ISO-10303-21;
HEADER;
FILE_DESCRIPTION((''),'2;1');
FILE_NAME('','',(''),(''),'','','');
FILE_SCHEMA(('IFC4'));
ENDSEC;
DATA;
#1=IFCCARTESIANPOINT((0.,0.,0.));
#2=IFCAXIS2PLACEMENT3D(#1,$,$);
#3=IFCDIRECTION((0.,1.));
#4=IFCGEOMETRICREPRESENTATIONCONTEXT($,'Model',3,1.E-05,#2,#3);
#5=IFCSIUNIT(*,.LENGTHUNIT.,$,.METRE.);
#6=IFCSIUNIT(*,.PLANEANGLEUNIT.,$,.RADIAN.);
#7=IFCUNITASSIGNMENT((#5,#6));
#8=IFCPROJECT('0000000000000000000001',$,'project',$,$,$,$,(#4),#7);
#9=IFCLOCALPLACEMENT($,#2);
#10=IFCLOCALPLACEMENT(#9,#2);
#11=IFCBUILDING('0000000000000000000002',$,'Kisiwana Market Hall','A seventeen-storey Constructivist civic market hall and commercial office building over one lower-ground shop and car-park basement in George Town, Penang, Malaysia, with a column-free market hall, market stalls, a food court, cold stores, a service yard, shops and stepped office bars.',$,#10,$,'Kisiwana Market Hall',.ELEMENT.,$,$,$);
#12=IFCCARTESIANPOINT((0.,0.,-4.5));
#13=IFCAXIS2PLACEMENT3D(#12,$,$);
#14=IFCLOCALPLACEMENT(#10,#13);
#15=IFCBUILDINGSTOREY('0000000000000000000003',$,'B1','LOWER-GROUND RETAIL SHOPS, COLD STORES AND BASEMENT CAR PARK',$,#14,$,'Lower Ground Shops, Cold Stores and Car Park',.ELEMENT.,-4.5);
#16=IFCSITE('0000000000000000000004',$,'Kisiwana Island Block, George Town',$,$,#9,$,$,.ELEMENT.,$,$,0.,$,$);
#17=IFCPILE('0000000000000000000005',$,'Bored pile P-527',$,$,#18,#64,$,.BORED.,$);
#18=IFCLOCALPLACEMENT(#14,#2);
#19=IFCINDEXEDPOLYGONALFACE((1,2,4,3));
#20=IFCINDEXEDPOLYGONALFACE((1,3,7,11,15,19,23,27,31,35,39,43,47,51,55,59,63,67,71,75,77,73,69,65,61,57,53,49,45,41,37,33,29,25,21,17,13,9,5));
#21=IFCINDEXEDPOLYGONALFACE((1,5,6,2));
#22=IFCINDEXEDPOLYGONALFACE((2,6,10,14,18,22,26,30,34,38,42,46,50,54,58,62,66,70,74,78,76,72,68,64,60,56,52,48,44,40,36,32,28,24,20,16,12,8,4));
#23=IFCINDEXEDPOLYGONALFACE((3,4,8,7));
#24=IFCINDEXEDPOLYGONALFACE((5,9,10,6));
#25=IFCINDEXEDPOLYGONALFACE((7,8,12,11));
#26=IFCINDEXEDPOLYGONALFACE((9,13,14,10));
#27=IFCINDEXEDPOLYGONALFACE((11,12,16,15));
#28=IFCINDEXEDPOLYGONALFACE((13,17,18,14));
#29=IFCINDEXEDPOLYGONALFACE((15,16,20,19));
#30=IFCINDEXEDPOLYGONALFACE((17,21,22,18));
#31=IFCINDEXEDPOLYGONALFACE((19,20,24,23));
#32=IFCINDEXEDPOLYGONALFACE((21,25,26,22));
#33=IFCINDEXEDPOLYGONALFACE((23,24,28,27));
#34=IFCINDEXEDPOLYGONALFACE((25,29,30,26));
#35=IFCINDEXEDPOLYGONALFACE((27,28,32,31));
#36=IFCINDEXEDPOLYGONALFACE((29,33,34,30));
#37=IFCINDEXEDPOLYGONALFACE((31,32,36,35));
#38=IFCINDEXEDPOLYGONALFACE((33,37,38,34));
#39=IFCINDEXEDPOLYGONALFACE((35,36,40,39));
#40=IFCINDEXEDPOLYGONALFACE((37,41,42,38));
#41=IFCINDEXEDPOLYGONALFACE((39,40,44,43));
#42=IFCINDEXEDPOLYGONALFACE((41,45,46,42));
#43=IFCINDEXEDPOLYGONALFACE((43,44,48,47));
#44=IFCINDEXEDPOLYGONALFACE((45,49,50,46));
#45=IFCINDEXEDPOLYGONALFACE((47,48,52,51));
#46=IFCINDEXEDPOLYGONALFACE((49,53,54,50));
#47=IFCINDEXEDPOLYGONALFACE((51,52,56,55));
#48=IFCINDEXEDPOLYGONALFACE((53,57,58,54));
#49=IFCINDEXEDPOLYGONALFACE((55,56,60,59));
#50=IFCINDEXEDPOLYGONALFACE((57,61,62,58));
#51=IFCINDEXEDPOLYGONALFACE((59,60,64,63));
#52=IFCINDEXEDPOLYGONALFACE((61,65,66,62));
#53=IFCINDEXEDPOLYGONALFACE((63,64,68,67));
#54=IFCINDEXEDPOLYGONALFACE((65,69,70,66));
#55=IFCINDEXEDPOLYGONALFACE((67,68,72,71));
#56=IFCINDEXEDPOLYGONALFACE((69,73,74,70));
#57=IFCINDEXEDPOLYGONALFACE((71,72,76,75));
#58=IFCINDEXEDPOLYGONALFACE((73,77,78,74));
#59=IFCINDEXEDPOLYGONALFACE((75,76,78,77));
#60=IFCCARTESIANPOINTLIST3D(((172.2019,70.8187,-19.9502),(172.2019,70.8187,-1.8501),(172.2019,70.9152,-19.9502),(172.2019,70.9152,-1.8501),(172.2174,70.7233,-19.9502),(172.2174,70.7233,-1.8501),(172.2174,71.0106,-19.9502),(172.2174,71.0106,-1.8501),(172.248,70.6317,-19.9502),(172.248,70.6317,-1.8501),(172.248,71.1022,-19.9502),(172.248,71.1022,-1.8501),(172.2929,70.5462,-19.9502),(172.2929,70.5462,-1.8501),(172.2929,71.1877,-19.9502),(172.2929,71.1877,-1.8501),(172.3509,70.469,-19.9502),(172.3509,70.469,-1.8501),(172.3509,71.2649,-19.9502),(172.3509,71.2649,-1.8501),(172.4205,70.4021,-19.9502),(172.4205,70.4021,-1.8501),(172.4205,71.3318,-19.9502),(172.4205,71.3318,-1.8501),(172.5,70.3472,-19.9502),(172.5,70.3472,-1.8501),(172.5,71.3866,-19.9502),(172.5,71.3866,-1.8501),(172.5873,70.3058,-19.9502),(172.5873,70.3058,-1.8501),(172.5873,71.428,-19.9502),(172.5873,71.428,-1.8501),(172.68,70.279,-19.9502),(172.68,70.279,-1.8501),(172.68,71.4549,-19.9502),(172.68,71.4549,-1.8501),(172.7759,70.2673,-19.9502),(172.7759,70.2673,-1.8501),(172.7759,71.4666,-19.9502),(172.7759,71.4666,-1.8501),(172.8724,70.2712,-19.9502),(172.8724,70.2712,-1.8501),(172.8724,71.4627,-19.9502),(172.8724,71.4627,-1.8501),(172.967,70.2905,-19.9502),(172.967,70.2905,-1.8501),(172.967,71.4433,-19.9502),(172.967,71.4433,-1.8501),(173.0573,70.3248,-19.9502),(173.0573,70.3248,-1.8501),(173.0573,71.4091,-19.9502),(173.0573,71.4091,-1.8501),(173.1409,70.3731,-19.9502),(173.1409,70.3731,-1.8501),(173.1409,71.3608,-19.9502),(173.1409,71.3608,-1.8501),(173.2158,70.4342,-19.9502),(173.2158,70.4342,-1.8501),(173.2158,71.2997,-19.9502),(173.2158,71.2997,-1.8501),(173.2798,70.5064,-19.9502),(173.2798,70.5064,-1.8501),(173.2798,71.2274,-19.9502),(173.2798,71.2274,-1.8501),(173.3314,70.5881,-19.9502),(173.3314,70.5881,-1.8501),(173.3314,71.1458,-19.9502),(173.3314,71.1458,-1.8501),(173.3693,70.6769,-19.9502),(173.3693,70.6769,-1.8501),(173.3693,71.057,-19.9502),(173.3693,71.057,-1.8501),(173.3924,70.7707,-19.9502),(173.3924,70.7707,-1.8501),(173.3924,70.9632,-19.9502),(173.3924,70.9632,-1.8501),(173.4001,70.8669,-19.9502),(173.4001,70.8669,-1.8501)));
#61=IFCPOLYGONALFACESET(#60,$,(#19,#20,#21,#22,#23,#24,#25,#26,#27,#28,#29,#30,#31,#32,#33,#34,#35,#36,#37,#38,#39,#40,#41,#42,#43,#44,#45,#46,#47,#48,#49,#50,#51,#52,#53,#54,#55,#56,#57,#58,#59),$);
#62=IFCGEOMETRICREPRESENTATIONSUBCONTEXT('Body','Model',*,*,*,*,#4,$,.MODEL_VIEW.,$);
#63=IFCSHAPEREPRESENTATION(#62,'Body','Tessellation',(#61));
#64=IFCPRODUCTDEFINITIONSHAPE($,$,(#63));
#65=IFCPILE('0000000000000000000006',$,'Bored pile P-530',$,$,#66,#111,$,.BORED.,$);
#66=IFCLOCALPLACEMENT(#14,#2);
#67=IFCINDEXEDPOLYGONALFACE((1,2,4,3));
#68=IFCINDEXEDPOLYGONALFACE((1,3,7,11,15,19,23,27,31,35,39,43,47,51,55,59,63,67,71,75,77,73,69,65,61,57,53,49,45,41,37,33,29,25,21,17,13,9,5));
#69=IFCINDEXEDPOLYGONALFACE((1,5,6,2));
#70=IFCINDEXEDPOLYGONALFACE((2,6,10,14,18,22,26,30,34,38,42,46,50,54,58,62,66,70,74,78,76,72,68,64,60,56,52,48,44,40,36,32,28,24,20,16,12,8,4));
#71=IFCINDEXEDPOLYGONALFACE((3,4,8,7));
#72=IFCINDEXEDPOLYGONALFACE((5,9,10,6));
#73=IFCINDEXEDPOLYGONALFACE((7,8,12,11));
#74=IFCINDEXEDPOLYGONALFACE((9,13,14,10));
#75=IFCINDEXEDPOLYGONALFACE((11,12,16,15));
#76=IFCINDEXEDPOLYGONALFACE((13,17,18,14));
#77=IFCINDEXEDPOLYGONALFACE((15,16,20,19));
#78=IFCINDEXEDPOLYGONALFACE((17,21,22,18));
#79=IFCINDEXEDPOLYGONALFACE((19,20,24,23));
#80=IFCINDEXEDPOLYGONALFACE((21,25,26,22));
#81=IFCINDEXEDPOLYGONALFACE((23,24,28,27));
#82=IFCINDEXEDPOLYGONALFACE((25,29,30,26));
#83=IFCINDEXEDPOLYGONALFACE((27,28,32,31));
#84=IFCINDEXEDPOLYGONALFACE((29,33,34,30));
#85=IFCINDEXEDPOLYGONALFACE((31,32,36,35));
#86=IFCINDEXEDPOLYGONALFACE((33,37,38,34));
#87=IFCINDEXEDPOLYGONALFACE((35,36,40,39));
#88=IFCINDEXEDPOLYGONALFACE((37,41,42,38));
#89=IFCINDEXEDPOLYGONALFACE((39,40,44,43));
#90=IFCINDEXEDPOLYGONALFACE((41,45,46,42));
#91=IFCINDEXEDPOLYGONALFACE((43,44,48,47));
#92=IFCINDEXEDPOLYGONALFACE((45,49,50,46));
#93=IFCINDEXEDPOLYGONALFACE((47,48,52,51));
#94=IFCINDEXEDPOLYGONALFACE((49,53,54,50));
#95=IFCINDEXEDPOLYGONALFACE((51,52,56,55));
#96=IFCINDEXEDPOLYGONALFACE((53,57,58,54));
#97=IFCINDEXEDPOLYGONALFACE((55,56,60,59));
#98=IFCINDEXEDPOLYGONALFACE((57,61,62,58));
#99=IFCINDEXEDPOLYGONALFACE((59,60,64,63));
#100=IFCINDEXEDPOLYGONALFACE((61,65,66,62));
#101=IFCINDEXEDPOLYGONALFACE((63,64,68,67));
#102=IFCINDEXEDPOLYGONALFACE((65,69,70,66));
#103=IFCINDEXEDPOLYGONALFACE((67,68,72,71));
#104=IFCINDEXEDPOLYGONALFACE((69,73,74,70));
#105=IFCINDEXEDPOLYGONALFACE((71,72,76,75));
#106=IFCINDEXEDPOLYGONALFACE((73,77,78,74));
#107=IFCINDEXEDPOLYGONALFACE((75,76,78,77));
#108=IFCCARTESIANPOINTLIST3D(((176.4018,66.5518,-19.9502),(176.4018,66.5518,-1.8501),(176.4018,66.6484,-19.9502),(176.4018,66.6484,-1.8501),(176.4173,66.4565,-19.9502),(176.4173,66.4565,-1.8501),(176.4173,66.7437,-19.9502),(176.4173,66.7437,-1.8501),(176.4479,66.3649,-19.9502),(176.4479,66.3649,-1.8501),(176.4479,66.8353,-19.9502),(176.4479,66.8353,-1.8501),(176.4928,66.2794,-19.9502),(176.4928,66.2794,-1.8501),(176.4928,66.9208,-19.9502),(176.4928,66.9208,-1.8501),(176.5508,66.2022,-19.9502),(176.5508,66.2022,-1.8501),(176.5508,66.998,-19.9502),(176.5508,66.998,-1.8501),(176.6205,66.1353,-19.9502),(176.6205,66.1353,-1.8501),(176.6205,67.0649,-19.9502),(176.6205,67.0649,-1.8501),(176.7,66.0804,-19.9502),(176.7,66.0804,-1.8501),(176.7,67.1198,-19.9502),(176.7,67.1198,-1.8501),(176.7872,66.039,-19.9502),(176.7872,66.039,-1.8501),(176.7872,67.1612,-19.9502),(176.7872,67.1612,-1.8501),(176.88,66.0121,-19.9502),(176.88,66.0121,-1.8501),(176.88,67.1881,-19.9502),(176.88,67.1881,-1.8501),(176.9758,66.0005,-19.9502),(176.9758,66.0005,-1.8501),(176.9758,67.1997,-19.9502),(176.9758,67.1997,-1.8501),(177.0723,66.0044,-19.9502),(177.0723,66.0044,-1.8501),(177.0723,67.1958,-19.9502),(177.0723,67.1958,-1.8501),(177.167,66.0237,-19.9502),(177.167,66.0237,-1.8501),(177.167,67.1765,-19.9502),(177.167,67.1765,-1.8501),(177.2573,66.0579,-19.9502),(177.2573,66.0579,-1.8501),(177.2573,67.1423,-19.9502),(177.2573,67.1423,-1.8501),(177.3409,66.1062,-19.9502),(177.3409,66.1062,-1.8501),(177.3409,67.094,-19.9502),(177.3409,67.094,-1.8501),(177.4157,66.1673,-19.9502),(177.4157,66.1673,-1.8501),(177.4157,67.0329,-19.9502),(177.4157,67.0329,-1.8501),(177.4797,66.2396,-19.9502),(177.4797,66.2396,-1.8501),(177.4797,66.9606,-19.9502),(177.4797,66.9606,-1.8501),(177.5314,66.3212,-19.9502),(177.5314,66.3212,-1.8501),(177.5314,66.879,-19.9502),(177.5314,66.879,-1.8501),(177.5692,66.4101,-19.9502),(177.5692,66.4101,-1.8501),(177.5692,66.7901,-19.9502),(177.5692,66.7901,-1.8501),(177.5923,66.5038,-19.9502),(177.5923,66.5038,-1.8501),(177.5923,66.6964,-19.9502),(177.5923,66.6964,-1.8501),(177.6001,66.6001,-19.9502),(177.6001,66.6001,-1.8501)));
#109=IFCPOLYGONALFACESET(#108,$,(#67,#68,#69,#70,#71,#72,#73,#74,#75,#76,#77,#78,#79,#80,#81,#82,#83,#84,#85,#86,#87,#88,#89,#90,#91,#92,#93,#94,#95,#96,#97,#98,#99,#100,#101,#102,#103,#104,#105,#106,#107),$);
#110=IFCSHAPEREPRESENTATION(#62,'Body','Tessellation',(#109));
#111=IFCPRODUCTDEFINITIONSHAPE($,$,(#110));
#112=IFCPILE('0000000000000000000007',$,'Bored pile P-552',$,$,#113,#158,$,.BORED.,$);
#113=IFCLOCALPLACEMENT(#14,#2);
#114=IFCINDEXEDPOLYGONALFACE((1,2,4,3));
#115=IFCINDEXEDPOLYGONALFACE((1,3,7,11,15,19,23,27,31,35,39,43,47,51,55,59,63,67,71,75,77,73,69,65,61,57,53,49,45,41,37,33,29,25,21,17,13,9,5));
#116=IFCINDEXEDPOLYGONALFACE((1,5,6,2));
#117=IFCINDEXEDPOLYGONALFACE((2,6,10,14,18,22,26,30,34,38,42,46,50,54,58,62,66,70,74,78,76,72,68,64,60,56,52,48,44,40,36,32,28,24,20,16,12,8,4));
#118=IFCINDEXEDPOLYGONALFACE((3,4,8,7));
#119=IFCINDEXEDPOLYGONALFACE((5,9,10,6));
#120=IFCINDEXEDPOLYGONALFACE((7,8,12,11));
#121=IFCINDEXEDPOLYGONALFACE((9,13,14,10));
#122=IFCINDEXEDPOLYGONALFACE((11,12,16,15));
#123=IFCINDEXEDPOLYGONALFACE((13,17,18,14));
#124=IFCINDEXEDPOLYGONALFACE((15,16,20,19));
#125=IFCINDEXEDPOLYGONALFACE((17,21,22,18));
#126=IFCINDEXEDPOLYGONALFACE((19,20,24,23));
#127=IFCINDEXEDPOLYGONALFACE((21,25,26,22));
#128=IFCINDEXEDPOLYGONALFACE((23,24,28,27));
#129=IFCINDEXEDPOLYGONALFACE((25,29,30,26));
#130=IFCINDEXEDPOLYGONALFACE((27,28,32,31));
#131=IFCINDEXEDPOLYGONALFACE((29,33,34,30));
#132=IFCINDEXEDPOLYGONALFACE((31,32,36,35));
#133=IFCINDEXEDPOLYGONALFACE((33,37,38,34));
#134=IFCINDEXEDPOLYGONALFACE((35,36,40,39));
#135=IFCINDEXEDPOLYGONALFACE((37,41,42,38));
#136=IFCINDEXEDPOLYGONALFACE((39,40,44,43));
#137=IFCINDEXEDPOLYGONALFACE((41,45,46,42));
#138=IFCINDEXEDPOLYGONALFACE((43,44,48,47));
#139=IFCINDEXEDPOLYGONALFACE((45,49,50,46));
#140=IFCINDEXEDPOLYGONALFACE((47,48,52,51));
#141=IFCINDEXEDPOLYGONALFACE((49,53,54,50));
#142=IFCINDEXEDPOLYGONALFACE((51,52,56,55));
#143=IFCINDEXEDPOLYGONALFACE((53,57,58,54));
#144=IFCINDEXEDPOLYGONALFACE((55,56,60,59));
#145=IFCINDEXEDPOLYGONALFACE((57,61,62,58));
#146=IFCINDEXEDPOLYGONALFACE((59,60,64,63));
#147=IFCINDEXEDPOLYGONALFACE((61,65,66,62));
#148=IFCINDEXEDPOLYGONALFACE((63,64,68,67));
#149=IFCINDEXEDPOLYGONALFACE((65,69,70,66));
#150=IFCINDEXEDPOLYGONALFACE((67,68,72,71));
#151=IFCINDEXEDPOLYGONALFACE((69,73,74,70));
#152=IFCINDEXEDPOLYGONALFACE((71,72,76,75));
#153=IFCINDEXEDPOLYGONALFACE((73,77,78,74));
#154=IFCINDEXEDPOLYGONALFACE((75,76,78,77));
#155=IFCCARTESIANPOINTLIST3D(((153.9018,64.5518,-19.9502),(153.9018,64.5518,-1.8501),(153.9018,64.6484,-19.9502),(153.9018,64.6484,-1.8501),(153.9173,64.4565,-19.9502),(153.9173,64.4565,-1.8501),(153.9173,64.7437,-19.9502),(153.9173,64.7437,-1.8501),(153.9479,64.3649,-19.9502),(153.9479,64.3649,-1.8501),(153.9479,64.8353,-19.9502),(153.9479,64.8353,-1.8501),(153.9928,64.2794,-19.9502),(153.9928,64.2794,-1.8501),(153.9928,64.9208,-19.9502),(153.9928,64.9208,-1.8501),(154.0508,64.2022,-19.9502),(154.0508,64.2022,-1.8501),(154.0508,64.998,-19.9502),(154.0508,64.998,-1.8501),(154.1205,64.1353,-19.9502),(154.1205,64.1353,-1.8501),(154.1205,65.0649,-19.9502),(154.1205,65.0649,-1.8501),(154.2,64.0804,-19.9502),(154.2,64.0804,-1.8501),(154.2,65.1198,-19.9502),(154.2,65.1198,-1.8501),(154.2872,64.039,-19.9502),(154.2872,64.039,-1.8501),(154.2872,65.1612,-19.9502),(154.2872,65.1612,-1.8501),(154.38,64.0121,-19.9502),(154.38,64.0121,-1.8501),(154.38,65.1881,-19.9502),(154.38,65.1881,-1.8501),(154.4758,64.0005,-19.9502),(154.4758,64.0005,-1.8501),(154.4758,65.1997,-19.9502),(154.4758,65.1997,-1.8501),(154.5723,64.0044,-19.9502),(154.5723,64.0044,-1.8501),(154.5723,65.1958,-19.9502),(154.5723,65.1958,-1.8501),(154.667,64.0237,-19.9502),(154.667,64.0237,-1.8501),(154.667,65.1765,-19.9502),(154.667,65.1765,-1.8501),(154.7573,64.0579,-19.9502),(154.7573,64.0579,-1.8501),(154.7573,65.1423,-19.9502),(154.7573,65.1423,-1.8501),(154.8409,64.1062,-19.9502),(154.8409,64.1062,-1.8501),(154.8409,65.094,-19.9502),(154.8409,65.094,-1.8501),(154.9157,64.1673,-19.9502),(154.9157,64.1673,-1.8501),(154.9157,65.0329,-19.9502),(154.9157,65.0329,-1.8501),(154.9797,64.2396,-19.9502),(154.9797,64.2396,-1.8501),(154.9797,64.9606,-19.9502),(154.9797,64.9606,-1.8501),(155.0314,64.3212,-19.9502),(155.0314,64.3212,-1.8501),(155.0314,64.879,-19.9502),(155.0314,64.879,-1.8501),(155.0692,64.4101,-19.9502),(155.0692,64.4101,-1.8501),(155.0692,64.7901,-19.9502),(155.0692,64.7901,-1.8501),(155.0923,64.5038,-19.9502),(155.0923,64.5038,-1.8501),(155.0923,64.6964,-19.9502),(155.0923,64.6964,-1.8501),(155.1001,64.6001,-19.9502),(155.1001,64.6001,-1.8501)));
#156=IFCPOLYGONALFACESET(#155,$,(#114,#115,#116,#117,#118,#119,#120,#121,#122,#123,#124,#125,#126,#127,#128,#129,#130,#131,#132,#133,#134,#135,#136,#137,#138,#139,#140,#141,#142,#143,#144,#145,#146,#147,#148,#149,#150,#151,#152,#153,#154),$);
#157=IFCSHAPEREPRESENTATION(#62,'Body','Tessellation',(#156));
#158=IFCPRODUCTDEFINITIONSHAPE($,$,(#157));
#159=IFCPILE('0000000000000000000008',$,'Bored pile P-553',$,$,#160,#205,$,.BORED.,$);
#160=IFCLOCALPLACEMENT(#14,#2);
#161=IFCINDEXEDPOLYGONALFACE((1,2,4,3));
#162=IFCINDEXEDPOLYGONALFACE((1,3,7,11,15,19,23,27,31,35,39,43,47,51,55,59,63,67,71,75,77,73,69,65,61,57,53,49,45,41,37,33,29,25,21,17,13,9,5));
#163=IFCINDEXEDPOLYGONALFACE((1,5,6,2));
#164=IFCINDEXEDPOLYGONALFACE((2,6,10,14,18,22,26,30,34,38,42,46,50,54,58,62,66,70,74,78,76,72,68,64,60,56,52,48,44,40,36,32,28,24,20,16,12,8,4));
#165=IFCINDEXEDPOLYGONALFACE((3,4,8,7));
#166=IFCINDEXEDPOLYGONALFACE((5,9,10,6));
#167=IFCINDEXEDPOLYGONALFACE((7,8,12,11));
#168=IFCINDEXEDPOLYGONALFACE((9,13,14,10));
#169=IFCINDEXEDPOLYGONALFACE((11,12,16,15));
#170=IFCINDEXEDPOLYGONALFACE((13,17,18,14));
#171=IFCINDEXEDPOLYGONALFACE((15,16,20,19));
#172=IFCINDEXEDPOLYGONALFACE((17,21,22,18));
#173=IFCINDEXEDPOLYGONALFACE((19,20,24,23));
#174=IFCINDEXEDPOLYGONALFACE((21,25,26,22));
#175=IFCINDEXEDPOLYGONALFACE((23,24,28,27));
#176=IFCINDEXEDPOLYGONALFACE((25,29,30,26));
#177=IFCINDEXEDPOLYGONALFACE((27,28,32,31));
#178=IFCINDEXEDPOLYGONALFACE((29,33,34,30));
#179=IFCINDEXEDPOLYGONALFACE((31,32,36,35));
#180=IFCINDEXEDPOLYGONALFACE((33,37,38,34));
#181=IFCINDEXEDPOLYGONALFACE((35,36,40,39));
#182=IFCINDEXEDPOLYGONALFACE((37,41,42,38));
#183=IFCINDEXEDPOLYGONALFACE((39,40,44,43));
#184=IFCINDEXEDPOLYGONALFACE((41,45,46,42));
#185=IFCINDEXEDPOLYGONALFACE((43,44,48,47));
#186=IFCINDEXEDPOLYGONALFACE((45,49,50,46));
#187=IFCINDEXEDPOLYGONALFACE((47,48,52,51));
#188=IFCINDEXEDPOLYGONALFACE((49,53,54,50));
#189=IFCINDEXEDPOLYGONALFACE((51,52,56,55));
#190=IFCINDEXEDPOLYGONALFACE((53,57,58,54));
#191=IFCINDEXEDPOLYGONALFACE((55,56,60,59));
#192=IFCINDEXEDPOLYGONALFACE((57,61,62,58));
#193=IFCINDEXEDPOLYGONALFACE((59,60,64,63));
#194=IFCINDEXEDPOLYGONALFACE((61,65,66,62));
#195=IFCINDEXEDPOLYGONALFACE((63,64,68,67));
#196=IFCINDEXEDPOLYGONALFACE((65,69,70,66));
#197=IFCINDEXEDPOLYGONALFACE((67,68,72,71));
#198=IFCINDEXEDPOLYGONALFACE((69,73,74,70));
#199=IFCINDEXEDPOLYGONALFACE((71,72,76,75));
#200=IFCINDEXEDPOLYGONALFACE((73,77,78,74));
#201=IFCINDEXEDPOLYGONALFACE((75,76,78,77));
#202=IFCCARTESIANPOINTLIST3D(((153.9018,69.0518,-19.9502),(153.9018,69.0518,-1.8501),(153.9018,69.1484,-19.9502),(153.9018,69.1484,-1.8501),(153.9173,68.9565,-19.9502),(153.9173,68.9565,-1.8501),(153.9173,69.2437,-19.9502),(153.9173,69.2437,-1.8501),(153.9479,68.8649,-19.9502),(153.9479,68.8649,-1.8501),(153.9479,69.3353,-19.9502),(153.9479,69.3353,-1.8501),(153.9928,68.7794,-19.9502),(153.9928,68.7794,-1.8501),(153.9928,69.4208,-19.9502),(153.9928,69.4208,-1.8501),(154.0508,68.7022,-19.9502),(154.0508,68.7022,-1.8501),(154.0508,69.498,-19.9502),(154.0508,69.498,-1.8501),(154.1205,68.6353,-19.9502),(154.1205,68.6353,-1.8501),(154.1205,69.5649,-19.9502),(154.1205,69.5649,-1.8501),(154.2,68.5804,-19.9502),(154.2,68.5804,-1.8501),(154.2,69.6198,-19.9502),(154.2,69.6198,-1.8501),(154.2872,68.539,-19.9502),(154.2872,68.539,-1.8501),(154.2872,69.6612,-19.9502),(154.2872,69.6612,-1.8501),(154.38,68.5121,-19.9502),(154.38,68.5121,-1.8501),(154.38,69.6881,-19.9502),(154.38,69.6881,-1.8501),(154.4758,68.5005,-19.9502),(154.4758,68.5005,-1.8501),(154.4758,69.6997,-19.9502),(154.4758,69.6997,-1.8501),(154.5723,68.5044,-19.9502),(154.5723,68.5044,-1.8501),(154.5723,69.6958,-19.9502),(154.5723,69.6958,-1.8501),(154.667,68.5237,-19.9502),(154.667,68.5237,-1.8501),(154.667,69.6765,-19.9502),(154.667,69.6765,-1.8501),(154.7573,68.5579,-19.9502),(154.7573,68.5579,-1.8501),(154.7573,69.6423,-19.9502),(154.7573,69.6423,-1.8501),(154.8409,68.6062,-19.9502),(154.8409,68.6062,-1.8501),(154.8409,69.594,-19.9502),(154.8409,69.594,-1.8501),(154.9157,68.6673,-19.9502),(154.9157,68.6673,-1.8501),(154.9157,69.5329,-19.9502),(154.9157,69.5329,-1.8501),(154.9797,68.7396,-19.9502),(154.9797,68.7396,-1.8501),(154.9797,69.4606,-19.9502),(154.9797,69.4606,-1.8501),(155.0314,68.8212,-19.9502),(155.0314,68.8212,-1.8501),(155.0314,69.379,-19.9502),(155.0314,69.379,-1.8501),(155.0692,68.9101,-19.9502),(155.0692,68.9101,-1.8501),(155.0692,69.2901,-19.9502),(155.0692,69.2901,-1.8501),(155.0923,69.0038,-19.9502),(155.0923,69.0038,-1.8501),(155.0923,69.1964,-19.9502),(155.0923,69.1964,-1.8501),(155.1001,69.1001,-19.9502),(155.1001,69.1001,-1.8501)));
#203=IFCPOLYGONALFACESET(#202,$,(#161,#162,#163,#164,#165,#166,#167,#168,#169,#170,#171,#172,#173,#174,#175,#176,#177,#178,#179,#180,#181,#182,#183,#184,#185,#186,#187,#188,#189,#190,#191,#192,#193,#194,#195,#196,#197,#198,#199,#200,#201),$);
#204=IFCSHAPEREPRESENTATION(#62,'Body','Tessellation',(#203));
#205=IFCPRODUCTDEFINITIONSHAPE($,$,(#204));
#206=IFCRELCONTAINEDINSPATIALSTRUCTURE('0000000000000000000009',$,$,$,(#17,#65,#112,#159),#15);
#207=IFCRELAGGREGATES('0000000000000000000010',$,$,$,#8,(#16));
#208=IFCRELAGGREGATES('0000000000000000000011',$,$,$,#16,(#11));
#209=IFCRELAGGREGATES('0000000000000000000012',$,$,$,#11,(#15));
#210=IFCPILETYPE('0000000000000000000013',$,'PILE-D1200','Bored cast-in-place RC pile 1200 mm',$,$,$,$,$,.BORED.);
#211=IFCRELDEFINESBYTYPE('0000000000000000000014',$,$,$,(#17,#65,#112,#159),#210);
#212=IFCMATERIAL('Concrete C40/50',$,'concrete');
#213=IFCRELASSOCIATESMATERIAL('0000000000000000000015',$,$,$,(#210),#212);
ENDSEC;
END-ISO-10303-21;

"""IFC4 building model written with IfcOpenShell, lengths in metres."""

from ifc_helpers import new_model, si_unit, direction, frame, origin, origin_2d, place, context, subcontext, project, spatial, circle, extrude, material, material_profile, profile_set, type_object, element, save


model = new_model("IFC4")

# Units and contexts
model_context = context("Model", 3, precision=1e-05, world=origin(), true_north=direction((0.0, 1.0)))
body_context = subcontext(model_context, "Body", "Model", "MODEL_VIEW")
ifc_project = project(units=[si_unit("LENGTHUNIT", "METRE"), si_unit("PLANEANGLEUNIT", "RADIAN")], contexts=[model_context])

# Site, building, storey
site_placement = place(None, origin())
site = spatial("IfcSite", under=ifc_project, at=site_placement, Name="Kisiwana Island Block, George Town", CompositionType="ELEMENT", RefElevation=0.0)
building_placement = place(site_placement, origin())
building = spatial("IfcBuilding", under=site, at=building_placement, Name="Kisiwana Market Hall", Description="A seventeen-storey Constructivist civic market hall and commercial office building over one lower-ground shop and car-park basement in George Town, Penang, Malaysia, with a column-free market hall, market stalls, a food court, cold stores, a service yard, shops and stepped office bars.", LongName="Kisiwana Market Hall", CompositionType="ELEMENT")
storey_placement = place(building_placement, frame((0.0, 0.0, -4.5)))
storey = spatial("IfcBuildingStorey", under=building, at=storey_placement, Name="B1", Description="LOWER-GROUND RETAIL SHOPS, COLD STORES AND BASEMENT CAR PARK", LongName="Lower Ground Shops, Cold Stores and Car Park", CompositionType="ELEMENT", Elevation=-4.5)

# Piles
ifc_material_1 = material(Name="Concrete C40/50", Category="concrete")
ifc_material_profile_1 = material_profile(ifc_material_1, circle(Radius=0.6001, at=origin_2d()), Name="BP D1200")
ifc_profile_set_1 = profile_set([ifc_material_profile_1], Name="Concrete C40/50")
pile_type_1 = type_object("IfcPileType", Name="PILE-D1200", Description="Bored cast-in-place RC pile 1200 mm", PredefinedType="BORED", material=ifc_profile_set_1)
for number, where, z_axis, x_axis, name in (
    (1, (172.8, 70.8669, -1.8501), (0.0, 0.0, -1.0), (1.0, 0.0, 0.0), "Bored pile P-527"),
    (2, (177.0, 66.6001, -1.8501), (0.0, 0.0, -1.0), (1.0, 0.0, 0.0), "Bored pile P-530"),
    (3, (154.5, 64.6001, -1.8501), (0.0, 0.0, -1.0), (1.0, 0.0, 0.0), "Bored pile P-552"),
    (4, (154.5, 69.1001, -1.8501), (0.0, 0.0, -1.0), (1.0, 0.0, 0.0), "Bored pile P-553"),
):
    element("IfcPile", number, at=place(storey_placement, frame(where, z_axis=z_axis, x_axis=x_axis)), inside=storey, type_object=pile_type_1, Name=name, PredefinedType="BORED", context=body_context, shape_type="SweptSolid", body=[
        extrude(circle(Radius=0.6001, at=origin_2d()), origin(), (0.0, 0.0, 1.0), 18.1001),
    ])

save(model, "model.ifc")
